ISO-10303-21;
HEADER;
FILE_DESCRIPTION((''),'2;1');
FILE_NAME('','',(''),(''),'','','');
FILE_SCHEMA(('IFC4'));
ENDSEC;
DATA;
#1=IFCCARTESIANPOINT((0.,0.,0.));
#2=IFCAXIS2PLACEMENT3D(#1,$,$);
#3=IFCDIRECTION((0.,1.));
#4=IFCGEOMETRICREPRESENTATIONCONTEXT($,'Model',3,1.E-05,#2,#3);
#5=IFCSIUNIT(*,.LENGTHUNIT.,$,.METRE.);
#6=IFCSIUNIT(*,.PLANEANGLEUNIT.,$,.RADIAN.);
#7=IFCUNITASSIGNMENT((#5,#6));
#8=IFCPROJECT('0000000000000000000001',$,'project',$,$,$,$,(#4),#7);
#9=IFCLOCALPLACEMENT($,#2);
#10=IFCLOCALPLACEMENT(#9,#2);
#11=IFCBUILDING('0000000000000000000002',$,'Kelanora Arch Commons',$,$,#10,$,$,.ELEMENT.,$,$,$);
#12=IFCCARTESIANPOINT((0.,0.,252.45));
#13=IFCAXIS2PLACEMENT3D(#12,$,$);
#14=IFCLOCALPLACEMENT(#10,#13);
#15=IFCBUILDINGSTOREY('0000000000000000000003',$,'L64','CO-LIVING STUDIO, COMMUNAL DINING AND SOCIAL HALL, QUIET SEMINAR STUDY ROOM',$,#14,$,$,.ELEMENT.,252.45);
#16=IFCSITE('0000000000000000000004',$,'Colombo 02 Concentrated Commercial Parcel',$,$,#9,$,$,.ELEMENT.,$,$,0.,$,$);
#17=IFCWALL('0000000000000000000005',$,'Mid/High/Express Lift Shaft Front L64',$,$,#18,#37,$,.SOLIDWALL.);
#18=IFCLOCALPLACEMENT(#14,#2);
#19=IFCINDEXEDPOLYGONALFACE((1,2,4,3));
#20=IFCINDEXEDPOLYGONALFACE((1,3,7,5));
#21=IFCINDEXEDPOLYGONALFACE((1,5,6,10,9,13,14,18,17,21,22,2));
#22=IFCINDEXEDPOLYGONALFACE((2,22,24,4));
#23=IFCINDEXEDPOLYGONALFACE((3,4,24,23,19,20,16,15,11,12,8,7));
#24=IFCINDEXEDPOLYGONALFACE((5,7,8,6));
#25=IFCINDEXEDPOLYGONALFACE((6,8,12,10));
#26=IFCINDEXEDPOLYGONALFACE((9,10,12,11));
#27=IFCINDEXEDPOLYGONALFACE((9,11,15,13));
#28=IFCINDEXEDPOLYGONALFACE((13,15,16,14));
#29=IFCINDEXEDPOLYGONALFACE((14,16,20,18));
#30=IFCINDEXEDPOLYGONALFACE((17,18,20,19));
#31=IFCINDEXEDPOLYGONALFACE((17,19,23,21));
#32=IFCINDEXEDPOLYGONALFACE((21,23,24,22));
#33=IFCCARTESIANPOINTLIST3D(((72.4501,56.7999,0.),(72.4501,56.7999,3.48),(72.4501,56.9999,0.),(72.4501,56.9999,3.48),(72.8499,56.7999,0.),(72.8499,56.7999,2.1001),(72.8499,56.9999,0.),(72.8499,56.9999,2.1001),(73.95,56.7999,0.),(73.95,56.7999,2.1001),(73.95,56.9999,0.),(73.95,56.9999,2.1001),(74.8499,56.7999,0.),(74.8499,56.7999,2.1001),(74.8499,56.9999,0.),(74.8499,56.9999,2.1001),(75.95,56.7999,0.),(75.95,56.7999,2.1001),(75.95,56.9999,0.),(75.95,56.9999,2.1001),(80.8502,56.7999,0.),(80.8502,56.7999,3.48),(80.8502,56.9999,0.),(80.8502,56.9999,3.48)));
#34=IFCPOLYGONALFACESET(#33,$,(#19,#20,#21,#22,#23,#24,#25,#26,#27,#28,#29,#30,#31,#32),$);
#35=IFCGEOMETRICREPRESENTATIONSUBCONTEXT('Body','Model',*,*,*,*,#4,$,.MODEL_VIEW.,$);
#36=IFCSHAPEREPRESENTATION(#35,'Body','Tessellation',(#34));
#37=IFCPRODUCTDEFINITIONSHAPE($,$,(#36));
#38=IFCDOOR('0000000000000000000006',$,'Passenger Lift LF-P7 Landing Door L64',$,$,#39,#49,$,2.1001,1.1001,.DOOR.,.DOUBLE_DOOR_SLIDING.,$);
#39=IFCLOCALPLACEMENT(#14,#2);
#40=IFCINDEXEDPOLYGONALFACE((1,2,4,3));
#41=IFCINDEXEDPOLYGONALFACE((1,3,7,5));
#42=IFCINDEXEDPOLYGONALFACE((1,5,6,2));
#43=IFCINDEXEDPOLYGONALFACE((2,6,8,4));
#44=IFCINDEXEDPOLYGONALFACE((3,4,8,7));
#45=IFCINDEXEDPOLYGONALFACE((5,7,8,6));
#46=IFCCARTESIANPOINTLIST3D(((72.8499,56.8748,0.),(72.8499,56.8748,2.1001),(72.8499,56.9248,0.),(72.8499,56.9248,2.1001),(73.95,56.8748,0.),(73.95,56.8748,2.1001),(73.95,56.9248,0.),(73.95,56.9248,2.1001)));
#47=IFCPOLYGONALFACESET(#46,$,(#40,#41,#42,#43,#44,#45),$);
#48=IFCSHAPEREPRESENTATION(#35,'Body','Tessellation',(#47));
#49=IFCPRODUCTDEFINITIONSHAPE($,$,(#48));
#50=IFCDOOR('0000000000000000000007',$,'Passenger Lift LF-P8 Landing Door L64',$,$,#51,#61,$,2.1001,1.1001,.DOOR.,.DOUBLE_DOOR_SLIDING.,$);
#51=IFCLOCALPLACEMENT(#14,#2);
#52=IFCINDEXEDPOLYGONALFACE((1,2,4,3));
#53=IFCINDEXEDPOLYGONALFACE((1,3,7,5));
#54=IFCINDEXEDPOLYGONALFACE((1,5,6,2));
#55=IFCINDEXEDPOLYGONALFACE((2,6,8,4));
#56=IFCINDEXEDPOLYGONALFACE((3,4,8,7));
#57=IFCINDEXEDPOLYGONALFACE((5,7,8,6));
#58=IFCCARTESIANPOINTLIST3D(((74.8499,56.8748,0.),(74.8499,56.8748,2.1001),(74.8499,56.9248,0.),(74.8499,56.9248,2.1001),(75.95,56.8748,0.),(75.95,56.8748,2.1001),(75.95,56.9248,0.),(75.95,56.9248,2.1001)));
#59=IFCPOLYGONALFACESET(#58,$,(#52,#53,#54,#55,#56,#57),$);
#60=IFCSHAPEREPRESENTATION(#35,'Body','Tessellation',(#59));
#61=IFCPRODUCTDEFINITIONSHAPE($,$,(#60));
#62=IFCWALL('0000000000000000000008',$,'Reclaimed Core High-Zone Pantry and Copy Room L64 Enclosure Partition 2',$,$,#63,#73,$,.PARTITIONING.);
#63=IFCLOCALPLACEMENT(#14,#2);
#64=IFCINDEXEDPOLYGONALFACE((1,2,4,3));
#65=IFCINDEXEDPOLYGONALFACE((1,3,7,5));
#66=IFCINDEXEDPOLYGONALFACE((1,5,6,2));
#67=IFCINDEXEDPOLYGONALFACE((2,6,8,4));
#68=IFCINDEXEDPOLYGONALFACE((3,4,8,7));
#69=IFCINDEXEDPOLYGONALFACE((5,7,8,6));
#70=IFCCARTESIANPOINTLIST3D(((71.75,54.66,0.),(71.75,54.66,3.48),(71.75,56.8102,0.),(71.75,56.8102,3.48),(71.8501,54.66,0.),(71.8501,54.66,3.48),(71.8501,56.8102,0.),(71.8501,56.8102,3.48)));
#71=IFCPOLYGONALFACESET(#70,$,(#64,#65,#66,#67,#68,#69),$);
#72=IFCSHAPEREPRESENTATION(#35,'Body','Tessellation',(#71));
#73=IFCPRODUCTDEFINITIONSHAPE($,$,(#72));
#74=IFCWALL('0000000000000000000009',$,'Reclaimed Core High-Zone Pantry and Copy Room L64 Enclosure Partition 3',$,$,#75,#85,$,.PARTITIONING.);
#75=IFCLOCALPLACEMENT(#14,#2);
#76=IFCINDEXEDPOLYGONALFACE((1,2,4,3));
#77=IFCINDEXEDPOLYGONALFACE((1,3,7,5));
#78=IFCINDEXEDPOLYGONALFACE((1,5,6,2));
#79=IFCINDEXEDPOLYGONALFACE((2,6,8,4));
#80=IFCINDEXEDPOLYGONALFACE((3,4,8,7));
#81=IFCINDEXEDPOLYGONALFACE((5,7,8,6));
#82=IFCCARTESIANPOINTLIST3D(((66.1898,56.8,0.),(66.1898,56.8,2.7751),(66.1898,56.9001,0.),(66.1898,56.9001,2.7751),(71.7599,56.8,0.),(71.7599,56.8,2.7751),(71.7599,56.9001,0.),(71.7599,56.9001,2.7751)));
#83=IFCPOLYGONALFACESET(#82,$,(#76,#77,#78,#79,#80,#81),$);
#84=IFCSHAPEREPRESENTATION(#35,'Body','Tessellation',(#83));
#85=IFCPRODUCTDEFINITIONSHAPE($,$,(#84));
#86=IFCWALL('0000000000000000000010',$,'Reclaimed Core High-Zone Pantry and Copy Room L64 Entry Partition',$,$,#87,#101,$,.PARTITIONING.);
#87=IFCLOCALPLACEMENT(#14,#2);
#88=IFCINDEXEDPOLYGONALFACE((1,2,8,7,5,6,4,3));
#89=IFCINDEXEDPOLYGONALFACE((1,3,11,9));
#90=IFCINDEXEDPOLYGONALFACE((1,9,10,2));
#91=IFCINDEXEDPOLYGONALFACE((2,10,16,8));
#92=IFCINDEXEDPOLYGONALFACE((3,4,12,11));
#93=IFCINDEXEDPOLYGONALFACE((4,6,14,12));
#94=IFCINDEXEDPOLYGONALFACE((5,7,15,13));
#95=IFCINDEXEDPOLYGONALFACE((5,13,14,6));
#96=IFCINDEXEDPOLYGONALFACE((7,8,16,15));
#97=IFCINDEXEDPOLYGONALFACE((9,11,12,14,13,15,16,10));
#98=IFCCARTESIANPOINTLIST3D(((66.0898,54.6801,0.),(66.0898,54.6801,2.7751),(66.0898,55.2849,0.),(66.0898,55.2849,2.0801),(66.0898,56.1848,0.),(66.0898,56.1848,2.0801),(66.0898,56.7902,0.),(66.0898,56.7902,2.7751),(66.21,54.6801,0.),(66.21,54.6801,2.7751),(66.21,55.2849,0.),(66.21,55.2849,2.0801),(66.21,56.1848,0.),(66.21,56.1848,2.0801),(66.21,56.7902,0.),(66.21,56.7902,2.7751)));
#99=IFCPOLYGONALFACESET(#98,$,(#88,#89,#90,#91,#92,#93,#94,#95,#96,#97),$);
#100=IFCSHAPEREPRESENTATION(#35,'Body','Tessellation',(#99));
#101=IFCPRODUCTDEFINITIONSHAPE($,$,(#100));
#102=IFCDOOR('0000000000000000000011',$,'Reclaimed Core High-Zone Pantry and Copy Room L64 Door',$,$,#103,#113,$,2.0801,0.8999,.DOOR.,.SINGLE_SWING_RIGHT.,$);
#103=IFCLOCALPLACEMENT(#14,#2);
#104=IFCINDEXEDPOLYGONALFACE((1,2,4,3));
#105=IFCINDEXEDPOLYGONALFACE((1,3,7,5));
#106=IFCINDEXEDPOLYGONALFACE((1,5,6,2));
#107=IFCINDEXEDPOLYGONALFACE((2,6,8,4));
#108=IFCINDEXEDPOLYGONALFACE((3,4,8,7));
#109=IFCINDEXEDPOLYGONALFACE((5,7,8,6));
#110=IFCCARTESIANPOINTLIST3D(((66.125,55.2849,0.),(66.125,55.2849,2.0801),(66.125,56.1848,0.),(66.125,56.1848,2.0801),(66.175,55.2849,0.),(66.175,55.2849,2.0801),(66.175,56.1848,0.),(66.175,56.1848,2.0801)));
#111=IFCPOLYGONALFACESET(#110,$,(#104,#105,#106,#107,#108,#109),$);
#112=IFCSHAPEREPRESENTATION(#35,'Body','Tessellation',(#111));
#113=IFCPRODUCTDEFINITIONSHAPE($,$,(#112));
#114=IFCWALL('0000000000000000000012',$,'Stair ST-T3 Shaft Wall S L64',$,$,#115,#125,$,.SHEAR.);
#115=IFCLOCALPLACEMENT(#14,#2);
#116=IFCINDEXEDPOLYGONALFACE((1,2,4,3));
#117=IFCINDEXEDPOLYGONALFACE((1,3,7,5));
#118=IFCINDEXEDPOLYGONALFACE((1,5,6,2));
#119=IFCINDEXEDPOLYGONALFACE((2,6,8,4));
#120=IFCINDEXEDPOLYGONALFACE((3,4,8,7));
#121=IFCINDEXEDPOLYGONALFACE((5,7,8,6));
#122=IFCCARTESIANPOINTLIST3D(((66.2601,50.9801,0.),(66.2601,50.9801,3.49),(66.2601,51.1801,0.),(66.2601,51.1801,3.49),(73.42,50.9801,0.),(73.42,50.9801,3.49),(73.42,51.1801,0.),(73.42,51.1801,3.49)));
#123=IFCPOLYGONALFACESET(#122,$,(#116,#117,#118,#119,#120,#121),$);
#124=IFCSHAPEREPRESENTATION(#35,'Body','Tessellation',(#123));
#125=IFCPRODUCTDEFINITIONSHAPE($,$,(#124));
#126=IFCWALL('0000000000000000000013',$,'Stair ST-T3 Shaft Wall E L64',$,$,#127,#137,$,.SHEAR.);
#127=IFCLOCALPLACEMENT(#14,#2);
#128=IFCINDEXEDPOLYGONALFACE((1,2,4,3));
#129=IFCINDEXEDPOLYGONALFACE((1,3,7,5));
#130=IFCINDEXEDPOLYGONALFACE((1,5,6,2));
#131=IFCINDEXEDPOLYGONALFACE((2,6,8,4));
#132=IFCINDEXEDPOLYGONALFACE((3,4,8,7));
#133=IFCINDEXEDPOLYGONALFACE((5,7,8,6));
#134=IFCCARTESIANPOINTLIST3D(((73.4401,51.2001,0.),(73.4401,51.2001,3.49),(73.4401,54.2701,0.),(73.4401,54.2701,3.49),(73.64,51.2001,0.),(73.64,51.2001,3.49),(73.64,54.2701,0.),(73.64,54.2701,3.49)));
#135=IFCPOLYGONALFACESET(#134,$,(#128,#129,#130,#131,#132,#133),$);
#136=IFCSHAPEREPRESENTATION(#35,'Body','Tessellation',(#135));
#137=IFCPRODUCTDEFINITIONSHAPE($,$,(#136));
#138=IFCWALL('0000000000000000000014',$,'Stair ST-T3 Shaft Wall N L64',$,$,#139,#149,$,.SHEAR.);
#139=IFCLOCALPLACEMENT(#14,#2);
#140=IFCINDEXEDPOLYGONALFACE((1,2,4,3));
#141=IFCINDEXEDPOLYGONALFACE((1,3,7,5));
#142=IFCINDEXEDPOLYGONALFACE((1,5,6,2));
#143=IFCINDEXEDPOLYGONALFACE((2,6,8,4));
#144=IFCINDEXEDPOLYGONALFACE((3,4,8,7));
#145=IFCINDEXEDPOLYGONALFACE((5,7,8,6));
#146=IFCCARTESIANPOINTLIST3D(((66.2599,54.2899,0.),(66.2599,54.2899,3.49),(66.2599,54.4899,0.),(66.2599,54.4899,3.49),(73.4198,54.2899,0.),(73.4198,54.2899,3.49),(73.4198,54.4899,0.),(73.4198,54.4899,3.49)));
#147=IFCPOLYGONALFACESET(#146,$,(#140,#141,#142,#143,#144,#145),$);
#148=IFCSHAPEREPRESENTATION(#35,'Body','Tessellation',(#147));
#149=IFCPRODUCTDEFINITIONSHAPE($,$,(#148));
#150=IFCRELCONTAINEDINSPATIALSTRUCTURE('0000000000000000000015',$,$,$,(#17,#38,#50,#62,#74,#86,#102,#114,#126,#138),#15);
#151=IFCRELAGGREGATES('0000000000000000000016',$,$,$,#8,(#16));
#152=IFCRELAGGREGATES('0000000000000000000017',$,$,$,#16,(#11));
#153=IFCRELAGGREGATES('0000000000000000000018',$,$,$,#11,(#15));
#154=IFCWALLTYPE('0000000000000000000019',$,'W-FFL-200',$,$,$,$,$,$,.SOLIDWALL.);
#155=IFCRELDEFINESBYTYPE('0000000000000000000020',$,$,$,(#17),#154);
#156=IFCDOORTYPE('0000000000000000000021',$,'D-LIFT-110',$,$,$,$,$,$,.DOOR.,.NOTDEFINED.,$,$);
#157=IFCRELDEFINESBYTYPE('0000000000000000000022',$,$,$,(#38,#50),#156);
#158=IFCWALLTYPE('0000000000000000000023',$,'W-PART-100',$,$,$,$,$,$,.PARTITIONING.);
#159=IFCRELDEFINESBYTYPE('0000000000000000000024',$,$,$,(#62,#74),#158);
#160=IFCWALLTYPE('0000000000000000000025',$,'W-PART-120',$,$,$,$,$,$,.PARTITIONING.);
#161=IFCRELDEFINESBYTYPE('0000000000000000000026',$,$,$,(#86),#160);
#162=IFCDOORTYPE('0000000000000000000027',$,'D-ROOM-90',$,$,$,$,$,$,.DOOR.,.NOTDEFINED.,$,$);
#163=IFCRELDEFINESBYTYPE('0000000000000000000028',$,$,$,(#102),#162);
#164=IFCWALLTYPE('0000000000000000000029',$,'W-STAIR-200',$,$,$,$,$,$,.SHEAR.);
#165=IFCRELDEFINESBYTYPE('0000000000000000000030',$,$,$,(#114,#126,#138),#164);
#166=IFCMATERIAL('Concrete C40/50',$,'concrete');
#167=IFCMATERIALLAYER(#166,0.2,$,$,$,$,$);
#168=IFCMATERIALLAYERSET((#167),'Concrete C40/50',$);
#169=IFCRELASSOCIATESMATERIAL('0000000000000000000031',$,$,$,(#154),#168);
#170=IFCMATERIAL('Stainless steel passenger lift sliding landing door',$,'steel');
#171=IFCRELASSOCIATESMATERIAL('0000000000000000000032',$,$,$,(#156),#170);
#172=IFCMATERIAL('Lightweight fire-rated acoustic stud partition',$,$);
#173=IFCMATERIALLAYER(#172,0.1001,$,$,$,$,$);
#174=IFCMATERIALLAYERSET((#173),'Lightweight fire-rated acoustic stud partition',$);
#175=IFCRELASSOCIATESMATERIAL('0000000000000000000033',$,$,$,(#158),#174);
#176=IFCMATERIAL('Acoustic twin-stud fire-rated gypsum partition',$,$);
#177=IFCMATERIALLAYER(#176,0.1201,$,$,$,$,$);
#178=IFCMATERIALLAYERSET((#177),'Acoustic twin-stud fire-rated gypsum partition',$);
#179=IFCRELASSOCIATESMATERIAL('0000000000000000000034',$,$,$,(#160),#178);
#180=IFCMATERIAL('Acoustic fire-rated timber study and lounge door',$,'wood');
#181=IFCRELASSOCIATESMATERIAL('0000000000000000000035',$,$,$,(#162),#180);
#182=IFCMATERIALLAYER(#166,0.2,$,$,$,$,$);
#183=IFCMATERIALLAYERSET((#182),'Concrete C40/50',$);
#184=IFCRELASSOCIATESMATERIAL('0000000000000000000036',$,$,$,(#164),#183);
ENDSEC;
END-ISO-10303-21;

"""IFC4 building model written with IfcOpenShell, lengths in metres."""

from ifc_helpers import new_model, si_unit, direction, frame, frame_2d, origin, place, context, subcontext, project, spatial, rectangle, extrude, material, layer, layer_set, type_object, element, fill, save


model = new_model("IFC4")

# Units and contexts
model_context = context("Model", 3, precision=1e-05, world=origin(), true_north=direction((0.0, 1.0)))
body_context = subcontext(model_context, "Body", "Model", "MODEL_VIEW")
ifc_project = project(units=[si_unit("LENGTHUNIT", "METRE"), si_unit("PLANEANGLEUNIT", "RADIAN")], contexts=[model_context])

# Site, building, storey
site_placement = place(None, origin())
site = spatial("IfcSite", under=ifc_project, at=site_placement, Name="Colombo 02 Concentrated Commercial Parcel", CompositionType="ELEMENT", RefElevation=0.0)
building_placement = place(site_placement, origin())
building = spatial("IfcBuilding", under=site, at=building_placement, Name="Kelanora Arch Commons", CompositionType="ELEMENT")
storey_placement = place(building_placement, frame((0.0, 0.0, 252.45)))
storey = spatial("IfcBuildingStorey", under=building, at=storey_placement, Name="L64", Description="CO-LIVING STUDIO, COMMUNAL DINING AND SOCIAL HALL, QUIET SEMINAR STUDY ROOM", CompositionType="ELEMENT", Elevation=252.45)

# Wall, openings, doors
ifc_material_1 = material(Name="Concrete C40/50", Category="concrete")
ifc_layer_1 = layer(ifc_material_1, 0.2)
ifc_layer_set_1 = layer_set([ifc_layer_1], Name="Concrete C40/50")
wall_type_1 = type_object("IfcWallType", Name="W-FFL-200", PredefinedType="SOLIDWALL", material=ifc_layer_set_1)
wall_1_placement = place(storey_placement, frame((72.45, 56.8999, 0.0), z_axis=(0.0, 0.0, 1.0), x_axis=(1.0, 0.0, 0.0)))
wall_1 = element("IfcWall", 1, at=wall_1_placement, inside=storey, type_object=wall_type_1, Name="Mid/High/Express Lift Shaft Front L64", PredefinedType="SOLIDWALL", context=body_context, shape_type="SweptSolid", body=[
    extrude(rectangle(XDim=8.4001, YDim=0.2, at=frame_2d((4.2002, 0.0))), origin(), (0.0, 0.0, 1.0), 3.48),
])
opening_1_placement = place(wall_1_placement, frame((0.3999, 0.0, 0.0)))
opening_1 = element("IfcOpeningElement", 2, at=opening_1_placement, cuts=wall_1, PredefinedType="OPENING", context=body_context, shape_type="SweptSolid", body=[
    extrude(rectangle(XDim=1.1001, YDim=2.1001, at=frame_2d((0.55, 1.05))), frame((0.0, 0.1099, 0.0), z_axis=(0.0, -1.0, 0.0), x_axis=(1.0, 0.0, 0.0)), (0.0, 0.0, 1.0), 0.22),
])
opening_2_placement = place(wall_1_placement, frame((2.3999, 0.0, 0.0)))
opening_2 = element("IfcOpeningElement", 3, at=opening_2_placement, cuts=wall_1, PredefinedType="OPENING", context=body_context, shape_type="SweptSolid", body=[
    extrude(rectangle(XDim=1.1001, YDim=2.1001, at=frame_2d((0.55, 1.05))), frame((0.0, 0.1099, 0.0), z_axis=(0.0, -1.0, 0.0), x_axis=(1.0, 0.0, 0.0)), (0.0, 0.0, 1.0), 0.22),
])
ifc_material_2 = material(Name="Stainless steel passenger lift sliding landing door", Category="steel")
door_type_1 = type_object("IfcDoorType", Name="D-LIFT-110", OperationType="NOTDEFINED", PredefinedType="DOOR", material=ifc_material_2)
door_1_placement = place(opening_1_placement, origin())
door_1 = element("IfcDoor", 4, at=door_1_placement, inside=storey, type_object=door_type_1, Name="Passenger Lift LF-P7 Landing Door L64", OperationType="DOUBLE_DOOR_SLIDING", OverallHeight=2.1001, OverallWidth=1.1001, PredefinedType="DOOR", context=body_context, shape_type="SweptSolid", body=[
    extrude(rectangle(XDim=1.1001, YDim=2.1001, at=frame_2d((0.55, 1.05))), frame((0.0, 0.0249, 0.0), z_axis=(0.0, -1.0, 0.0), x_axis=(1.0, 0.0, 0.0)), (0.0, 0.0, 1.0), 0.05),
])
fill(opening_1, door_1)
door_2_placement = place(opening_2_placement, origin())
door_2 = element("IfcDoor", 5, at=door_2_placement, inside=storey, type_object=door_type_1, Name="Passenger Lift LF-P8 Landing Door L64", OperationType="DOUBLE_DOOR_SLIDING", OverallHeight=2.1001, OverallWidth=1.1001, PredefinedType="DOOR", context=body_context, shape_type="SweptSolid", body=[
    extrude(rectangle(XDim=1.1001, YDim=2.1001, at=frame_2d((0.55, 1.05))), frame((0.0, 0.0249, 0.0), z_axis=(0.0, -1.0, 0.0), x_axis=(1.0, 0.0, 0.0)), (0.0, 0.0, 1.0), 0.05),
])
fill(opening_2, door_2)

# Walls
ifc_material_3 = material(Name="Lightweight fire-rated acoustic stud partition")
ifc_layer_2 = layer(ifc_material_3, 0.1001)
ifc_layer_set_2 = layer_set([ifc_layer_2], Name="Lightweight fire-rated acoustic stud partition")
wall_type_2 = type_object("IfcWallType", Name="W-PART-100", PredefinedType="PARTITIONING", material=ifc_layer_set_2)
wall_2_placement = place(storey_placement, frame((71.8, 54.6599, 0.0), z_axis=(0.0, 0.0, 1.0), x_axis=(0.0, 1.0, 0.0)))
element("IfcWall", 6, at=wall_2_placement, inside=storey, type_object=wall_type_2, Name="Reclaimed Core High-Zone Pantry and Copy Room L64 Enclosure Partition 2", PredefinedType="PARTITIONING", context=body_context, shape_type="SweptSolid", body=[
    extrude(rectangle(XDim=2.1501, YDim=0.1001, at=frame_2d((1.0752, 0.0))), origin(), (0.0, 0.0, 1.0), 3.48),
])
wall_3_placement = place(storey_placement, frame((71.76, 56.8501, 0.0), z_axis=(0.0, 0.0, 1.0), x_axis=(-1.0, 0.0, 0.0)))
element("IfcWall", 7, at=wall_3_placement, inside=storey, type_object=wall_type_2, Name="Reclaimed Core High-Zone Pantry and Copy Room L64 Enclosure Partition 3", PredefinedType="PARTITIONING", context=body_context, shape_type="SweptSolid", body=[
    extrude(rectangle(XDim=5.5701, YDim=0.1001, at=frame_2d((2.7852, 0.0))), origin(), (0.0, 0.0, 1.0), 2.7751),
])

# Wall, opening, door
ifc_material_4 = material(Name="Acoustic twin-stud fire-rated gypsum partition")
ifc_layer_3 = layer(ifc_material_4, 0.1201)
ifc_layer_set_3 = layer_set([ifc_layer_3], Name="Acoustic twin-stud fire-rated gypsum partition")
wall_type_3 = type_object("IfcWallType", Name="W-PART-120", PredefinedType="PARTITIONING", material=ifc_layer_set_3)
wall_4_placement = place(storey_placement, frame((66.1499, 54.6799, 0.0), z_axis=(0.0, 0.0, 1.0), x_axis=(0.0, 1.0, 0.0)))
wall_4 = element("IfcWall", 8, at=wall_4_placement, inside=storey, type_object=wall_type_3, Name="Reclaimed Core High-Zone Pantry and Copy Room L64 Entry Partition", PredefinedType="PARTITIONING", context=body_context, shape_type="SweptSolid", body=[
    extrude(rectangle(XDim=2.1101, YDim=0.1201, at=frame_2d((1.0552, 0.0))), origin(), (0.0, 0.0, 1.0), 2.7751),
])
opening_3_placement = place(wall_4_placement, frame((0.605, 0.0, 0.0)))
opening_3 = element("IfcOpeningElement", 9, at=opening_3_placement, cuts=wall_4, PredefinedType="OPENING", context=body_context, shape_type="SweptSolid", body=[
    extrude(rectangle(XDim=0.8999, YDim=2.0801, at=frame_2d((0.45, 1.04))), frame((0.0, 0.0701, 0.0), z_axis=(0.0, -1.0, 0.0), x_axis=(1.0, 0.0, 0.0)), (0.0, 0.0, 1.0), 0.1401),
])
ifc_material_5 = material(Name="Acoustic fire-rated timber study and lounge door", Category="wood")
door_type_2 = type_object("IfcDoorType", Name="D-ROOM-90", OperationType="NOTDEFINED", PredefinedType="DOOR", material=ifc_material_5)
door_3_placement = place(opening_3_placement, origin())
door_3 = element("IfcDoor", 10, at=door_3_placement, inside=storey, type_object=door_type_2, Name="Reclaimed Core High-Zone Pantry and Copy Room L64 Door", OperationType="SINGLE_SWING_RIGHT", OverallHeight=2.0801, OverallWidth=0.8999, PredefinedType="DOOR", context=body_context, shape_type="SweptSolid", body=[
    extrude(rectangle(XDim=0.8999, YDim=2.0801, at=frame_2d((0.45, 1.04))), frame((0.0, 0.0249, 0.0), z_axis=(0.0, -1.0, 0.0), x_axis=(1.0, 0.0, 0.0)), (0.0, 0.0, 1.0), 0.05),
])
fill(opening_3, door_3)

# Walls
ifc_layer_4 = layer(ifc_material_1, 0.2)
ifc_layer_set_4 = layer_set([ifc_layer_4], Name="Concrete C40/50")
wall_type_4 = type_object("IfcWallType", Name="W-STAIR-200", PredefinedType="SHEAR", material=ifc_layer_set_4)
wall_5_placement = place(storey_placement, frame((66.26, 51.0801, 0.0), z_axis=(0.0, 0.0, 1.0), x_axis=(1.0, 0.0, 0.0)))
element("IfcWall", 11, at=wall_5_placement, inside=storey, type_object=wall_type_4, Name="Stair ST-T3 Shaft Wall S L64", PredefinedType="SHEAR", context=body_context, shape_type="SweptSolid", body=[
    extrude(rectangle(XDim=7.1599, YDim=0.2, at=frame_2d((3.5801, 0.0))), origin(), (0.0, 0.0, 1.0), 3.49),
])
wall_6_placement = place(storey_placement, frame((73.54, 51.2, 0.0), z_axis=(0.0, 0.0, 1.0), x_axis=(0.0, 1.0, 0.0)))
element("IfcWall", 12, at=wall_6_placement, inside=storey, type_object=wall_type_4, Name="Stair ST-T3 Shaft Wall E L64", PredefinedType="SHEAR", context=body_context, shape_type="SweptSolid", body=[
    extrude(rectangle(XDim=3.0701, YDim=0.2, at=frame_2d((1.5352, 0.0))), origin(), (0.0, 0.0, 1.0), 3.49),
])
wall_7_placement = place(storey_placement, frame((73.4199, 54.3899, 0.0), z_axis=(0.0, 0.0, 1.0), x_axis=(-1.0, 0.0, 0.0)))
element("IfcWall", 13, at=wall_7_placement, inside=storey, type_object=wall_type_4, Name="Stair ST-T3 Shaft Wall N L64", PredefinedType="SHEAR", context=body_context, shape_type="SweptSolid", body=[
    extrude(rectangle(XDim=7.1599, YDim=0.2, at=frame_2d((3.5801, 0.0))), origin(), (0.0, 0.0, 1.0), 3.49),
])

save(model, "model.ifc")
